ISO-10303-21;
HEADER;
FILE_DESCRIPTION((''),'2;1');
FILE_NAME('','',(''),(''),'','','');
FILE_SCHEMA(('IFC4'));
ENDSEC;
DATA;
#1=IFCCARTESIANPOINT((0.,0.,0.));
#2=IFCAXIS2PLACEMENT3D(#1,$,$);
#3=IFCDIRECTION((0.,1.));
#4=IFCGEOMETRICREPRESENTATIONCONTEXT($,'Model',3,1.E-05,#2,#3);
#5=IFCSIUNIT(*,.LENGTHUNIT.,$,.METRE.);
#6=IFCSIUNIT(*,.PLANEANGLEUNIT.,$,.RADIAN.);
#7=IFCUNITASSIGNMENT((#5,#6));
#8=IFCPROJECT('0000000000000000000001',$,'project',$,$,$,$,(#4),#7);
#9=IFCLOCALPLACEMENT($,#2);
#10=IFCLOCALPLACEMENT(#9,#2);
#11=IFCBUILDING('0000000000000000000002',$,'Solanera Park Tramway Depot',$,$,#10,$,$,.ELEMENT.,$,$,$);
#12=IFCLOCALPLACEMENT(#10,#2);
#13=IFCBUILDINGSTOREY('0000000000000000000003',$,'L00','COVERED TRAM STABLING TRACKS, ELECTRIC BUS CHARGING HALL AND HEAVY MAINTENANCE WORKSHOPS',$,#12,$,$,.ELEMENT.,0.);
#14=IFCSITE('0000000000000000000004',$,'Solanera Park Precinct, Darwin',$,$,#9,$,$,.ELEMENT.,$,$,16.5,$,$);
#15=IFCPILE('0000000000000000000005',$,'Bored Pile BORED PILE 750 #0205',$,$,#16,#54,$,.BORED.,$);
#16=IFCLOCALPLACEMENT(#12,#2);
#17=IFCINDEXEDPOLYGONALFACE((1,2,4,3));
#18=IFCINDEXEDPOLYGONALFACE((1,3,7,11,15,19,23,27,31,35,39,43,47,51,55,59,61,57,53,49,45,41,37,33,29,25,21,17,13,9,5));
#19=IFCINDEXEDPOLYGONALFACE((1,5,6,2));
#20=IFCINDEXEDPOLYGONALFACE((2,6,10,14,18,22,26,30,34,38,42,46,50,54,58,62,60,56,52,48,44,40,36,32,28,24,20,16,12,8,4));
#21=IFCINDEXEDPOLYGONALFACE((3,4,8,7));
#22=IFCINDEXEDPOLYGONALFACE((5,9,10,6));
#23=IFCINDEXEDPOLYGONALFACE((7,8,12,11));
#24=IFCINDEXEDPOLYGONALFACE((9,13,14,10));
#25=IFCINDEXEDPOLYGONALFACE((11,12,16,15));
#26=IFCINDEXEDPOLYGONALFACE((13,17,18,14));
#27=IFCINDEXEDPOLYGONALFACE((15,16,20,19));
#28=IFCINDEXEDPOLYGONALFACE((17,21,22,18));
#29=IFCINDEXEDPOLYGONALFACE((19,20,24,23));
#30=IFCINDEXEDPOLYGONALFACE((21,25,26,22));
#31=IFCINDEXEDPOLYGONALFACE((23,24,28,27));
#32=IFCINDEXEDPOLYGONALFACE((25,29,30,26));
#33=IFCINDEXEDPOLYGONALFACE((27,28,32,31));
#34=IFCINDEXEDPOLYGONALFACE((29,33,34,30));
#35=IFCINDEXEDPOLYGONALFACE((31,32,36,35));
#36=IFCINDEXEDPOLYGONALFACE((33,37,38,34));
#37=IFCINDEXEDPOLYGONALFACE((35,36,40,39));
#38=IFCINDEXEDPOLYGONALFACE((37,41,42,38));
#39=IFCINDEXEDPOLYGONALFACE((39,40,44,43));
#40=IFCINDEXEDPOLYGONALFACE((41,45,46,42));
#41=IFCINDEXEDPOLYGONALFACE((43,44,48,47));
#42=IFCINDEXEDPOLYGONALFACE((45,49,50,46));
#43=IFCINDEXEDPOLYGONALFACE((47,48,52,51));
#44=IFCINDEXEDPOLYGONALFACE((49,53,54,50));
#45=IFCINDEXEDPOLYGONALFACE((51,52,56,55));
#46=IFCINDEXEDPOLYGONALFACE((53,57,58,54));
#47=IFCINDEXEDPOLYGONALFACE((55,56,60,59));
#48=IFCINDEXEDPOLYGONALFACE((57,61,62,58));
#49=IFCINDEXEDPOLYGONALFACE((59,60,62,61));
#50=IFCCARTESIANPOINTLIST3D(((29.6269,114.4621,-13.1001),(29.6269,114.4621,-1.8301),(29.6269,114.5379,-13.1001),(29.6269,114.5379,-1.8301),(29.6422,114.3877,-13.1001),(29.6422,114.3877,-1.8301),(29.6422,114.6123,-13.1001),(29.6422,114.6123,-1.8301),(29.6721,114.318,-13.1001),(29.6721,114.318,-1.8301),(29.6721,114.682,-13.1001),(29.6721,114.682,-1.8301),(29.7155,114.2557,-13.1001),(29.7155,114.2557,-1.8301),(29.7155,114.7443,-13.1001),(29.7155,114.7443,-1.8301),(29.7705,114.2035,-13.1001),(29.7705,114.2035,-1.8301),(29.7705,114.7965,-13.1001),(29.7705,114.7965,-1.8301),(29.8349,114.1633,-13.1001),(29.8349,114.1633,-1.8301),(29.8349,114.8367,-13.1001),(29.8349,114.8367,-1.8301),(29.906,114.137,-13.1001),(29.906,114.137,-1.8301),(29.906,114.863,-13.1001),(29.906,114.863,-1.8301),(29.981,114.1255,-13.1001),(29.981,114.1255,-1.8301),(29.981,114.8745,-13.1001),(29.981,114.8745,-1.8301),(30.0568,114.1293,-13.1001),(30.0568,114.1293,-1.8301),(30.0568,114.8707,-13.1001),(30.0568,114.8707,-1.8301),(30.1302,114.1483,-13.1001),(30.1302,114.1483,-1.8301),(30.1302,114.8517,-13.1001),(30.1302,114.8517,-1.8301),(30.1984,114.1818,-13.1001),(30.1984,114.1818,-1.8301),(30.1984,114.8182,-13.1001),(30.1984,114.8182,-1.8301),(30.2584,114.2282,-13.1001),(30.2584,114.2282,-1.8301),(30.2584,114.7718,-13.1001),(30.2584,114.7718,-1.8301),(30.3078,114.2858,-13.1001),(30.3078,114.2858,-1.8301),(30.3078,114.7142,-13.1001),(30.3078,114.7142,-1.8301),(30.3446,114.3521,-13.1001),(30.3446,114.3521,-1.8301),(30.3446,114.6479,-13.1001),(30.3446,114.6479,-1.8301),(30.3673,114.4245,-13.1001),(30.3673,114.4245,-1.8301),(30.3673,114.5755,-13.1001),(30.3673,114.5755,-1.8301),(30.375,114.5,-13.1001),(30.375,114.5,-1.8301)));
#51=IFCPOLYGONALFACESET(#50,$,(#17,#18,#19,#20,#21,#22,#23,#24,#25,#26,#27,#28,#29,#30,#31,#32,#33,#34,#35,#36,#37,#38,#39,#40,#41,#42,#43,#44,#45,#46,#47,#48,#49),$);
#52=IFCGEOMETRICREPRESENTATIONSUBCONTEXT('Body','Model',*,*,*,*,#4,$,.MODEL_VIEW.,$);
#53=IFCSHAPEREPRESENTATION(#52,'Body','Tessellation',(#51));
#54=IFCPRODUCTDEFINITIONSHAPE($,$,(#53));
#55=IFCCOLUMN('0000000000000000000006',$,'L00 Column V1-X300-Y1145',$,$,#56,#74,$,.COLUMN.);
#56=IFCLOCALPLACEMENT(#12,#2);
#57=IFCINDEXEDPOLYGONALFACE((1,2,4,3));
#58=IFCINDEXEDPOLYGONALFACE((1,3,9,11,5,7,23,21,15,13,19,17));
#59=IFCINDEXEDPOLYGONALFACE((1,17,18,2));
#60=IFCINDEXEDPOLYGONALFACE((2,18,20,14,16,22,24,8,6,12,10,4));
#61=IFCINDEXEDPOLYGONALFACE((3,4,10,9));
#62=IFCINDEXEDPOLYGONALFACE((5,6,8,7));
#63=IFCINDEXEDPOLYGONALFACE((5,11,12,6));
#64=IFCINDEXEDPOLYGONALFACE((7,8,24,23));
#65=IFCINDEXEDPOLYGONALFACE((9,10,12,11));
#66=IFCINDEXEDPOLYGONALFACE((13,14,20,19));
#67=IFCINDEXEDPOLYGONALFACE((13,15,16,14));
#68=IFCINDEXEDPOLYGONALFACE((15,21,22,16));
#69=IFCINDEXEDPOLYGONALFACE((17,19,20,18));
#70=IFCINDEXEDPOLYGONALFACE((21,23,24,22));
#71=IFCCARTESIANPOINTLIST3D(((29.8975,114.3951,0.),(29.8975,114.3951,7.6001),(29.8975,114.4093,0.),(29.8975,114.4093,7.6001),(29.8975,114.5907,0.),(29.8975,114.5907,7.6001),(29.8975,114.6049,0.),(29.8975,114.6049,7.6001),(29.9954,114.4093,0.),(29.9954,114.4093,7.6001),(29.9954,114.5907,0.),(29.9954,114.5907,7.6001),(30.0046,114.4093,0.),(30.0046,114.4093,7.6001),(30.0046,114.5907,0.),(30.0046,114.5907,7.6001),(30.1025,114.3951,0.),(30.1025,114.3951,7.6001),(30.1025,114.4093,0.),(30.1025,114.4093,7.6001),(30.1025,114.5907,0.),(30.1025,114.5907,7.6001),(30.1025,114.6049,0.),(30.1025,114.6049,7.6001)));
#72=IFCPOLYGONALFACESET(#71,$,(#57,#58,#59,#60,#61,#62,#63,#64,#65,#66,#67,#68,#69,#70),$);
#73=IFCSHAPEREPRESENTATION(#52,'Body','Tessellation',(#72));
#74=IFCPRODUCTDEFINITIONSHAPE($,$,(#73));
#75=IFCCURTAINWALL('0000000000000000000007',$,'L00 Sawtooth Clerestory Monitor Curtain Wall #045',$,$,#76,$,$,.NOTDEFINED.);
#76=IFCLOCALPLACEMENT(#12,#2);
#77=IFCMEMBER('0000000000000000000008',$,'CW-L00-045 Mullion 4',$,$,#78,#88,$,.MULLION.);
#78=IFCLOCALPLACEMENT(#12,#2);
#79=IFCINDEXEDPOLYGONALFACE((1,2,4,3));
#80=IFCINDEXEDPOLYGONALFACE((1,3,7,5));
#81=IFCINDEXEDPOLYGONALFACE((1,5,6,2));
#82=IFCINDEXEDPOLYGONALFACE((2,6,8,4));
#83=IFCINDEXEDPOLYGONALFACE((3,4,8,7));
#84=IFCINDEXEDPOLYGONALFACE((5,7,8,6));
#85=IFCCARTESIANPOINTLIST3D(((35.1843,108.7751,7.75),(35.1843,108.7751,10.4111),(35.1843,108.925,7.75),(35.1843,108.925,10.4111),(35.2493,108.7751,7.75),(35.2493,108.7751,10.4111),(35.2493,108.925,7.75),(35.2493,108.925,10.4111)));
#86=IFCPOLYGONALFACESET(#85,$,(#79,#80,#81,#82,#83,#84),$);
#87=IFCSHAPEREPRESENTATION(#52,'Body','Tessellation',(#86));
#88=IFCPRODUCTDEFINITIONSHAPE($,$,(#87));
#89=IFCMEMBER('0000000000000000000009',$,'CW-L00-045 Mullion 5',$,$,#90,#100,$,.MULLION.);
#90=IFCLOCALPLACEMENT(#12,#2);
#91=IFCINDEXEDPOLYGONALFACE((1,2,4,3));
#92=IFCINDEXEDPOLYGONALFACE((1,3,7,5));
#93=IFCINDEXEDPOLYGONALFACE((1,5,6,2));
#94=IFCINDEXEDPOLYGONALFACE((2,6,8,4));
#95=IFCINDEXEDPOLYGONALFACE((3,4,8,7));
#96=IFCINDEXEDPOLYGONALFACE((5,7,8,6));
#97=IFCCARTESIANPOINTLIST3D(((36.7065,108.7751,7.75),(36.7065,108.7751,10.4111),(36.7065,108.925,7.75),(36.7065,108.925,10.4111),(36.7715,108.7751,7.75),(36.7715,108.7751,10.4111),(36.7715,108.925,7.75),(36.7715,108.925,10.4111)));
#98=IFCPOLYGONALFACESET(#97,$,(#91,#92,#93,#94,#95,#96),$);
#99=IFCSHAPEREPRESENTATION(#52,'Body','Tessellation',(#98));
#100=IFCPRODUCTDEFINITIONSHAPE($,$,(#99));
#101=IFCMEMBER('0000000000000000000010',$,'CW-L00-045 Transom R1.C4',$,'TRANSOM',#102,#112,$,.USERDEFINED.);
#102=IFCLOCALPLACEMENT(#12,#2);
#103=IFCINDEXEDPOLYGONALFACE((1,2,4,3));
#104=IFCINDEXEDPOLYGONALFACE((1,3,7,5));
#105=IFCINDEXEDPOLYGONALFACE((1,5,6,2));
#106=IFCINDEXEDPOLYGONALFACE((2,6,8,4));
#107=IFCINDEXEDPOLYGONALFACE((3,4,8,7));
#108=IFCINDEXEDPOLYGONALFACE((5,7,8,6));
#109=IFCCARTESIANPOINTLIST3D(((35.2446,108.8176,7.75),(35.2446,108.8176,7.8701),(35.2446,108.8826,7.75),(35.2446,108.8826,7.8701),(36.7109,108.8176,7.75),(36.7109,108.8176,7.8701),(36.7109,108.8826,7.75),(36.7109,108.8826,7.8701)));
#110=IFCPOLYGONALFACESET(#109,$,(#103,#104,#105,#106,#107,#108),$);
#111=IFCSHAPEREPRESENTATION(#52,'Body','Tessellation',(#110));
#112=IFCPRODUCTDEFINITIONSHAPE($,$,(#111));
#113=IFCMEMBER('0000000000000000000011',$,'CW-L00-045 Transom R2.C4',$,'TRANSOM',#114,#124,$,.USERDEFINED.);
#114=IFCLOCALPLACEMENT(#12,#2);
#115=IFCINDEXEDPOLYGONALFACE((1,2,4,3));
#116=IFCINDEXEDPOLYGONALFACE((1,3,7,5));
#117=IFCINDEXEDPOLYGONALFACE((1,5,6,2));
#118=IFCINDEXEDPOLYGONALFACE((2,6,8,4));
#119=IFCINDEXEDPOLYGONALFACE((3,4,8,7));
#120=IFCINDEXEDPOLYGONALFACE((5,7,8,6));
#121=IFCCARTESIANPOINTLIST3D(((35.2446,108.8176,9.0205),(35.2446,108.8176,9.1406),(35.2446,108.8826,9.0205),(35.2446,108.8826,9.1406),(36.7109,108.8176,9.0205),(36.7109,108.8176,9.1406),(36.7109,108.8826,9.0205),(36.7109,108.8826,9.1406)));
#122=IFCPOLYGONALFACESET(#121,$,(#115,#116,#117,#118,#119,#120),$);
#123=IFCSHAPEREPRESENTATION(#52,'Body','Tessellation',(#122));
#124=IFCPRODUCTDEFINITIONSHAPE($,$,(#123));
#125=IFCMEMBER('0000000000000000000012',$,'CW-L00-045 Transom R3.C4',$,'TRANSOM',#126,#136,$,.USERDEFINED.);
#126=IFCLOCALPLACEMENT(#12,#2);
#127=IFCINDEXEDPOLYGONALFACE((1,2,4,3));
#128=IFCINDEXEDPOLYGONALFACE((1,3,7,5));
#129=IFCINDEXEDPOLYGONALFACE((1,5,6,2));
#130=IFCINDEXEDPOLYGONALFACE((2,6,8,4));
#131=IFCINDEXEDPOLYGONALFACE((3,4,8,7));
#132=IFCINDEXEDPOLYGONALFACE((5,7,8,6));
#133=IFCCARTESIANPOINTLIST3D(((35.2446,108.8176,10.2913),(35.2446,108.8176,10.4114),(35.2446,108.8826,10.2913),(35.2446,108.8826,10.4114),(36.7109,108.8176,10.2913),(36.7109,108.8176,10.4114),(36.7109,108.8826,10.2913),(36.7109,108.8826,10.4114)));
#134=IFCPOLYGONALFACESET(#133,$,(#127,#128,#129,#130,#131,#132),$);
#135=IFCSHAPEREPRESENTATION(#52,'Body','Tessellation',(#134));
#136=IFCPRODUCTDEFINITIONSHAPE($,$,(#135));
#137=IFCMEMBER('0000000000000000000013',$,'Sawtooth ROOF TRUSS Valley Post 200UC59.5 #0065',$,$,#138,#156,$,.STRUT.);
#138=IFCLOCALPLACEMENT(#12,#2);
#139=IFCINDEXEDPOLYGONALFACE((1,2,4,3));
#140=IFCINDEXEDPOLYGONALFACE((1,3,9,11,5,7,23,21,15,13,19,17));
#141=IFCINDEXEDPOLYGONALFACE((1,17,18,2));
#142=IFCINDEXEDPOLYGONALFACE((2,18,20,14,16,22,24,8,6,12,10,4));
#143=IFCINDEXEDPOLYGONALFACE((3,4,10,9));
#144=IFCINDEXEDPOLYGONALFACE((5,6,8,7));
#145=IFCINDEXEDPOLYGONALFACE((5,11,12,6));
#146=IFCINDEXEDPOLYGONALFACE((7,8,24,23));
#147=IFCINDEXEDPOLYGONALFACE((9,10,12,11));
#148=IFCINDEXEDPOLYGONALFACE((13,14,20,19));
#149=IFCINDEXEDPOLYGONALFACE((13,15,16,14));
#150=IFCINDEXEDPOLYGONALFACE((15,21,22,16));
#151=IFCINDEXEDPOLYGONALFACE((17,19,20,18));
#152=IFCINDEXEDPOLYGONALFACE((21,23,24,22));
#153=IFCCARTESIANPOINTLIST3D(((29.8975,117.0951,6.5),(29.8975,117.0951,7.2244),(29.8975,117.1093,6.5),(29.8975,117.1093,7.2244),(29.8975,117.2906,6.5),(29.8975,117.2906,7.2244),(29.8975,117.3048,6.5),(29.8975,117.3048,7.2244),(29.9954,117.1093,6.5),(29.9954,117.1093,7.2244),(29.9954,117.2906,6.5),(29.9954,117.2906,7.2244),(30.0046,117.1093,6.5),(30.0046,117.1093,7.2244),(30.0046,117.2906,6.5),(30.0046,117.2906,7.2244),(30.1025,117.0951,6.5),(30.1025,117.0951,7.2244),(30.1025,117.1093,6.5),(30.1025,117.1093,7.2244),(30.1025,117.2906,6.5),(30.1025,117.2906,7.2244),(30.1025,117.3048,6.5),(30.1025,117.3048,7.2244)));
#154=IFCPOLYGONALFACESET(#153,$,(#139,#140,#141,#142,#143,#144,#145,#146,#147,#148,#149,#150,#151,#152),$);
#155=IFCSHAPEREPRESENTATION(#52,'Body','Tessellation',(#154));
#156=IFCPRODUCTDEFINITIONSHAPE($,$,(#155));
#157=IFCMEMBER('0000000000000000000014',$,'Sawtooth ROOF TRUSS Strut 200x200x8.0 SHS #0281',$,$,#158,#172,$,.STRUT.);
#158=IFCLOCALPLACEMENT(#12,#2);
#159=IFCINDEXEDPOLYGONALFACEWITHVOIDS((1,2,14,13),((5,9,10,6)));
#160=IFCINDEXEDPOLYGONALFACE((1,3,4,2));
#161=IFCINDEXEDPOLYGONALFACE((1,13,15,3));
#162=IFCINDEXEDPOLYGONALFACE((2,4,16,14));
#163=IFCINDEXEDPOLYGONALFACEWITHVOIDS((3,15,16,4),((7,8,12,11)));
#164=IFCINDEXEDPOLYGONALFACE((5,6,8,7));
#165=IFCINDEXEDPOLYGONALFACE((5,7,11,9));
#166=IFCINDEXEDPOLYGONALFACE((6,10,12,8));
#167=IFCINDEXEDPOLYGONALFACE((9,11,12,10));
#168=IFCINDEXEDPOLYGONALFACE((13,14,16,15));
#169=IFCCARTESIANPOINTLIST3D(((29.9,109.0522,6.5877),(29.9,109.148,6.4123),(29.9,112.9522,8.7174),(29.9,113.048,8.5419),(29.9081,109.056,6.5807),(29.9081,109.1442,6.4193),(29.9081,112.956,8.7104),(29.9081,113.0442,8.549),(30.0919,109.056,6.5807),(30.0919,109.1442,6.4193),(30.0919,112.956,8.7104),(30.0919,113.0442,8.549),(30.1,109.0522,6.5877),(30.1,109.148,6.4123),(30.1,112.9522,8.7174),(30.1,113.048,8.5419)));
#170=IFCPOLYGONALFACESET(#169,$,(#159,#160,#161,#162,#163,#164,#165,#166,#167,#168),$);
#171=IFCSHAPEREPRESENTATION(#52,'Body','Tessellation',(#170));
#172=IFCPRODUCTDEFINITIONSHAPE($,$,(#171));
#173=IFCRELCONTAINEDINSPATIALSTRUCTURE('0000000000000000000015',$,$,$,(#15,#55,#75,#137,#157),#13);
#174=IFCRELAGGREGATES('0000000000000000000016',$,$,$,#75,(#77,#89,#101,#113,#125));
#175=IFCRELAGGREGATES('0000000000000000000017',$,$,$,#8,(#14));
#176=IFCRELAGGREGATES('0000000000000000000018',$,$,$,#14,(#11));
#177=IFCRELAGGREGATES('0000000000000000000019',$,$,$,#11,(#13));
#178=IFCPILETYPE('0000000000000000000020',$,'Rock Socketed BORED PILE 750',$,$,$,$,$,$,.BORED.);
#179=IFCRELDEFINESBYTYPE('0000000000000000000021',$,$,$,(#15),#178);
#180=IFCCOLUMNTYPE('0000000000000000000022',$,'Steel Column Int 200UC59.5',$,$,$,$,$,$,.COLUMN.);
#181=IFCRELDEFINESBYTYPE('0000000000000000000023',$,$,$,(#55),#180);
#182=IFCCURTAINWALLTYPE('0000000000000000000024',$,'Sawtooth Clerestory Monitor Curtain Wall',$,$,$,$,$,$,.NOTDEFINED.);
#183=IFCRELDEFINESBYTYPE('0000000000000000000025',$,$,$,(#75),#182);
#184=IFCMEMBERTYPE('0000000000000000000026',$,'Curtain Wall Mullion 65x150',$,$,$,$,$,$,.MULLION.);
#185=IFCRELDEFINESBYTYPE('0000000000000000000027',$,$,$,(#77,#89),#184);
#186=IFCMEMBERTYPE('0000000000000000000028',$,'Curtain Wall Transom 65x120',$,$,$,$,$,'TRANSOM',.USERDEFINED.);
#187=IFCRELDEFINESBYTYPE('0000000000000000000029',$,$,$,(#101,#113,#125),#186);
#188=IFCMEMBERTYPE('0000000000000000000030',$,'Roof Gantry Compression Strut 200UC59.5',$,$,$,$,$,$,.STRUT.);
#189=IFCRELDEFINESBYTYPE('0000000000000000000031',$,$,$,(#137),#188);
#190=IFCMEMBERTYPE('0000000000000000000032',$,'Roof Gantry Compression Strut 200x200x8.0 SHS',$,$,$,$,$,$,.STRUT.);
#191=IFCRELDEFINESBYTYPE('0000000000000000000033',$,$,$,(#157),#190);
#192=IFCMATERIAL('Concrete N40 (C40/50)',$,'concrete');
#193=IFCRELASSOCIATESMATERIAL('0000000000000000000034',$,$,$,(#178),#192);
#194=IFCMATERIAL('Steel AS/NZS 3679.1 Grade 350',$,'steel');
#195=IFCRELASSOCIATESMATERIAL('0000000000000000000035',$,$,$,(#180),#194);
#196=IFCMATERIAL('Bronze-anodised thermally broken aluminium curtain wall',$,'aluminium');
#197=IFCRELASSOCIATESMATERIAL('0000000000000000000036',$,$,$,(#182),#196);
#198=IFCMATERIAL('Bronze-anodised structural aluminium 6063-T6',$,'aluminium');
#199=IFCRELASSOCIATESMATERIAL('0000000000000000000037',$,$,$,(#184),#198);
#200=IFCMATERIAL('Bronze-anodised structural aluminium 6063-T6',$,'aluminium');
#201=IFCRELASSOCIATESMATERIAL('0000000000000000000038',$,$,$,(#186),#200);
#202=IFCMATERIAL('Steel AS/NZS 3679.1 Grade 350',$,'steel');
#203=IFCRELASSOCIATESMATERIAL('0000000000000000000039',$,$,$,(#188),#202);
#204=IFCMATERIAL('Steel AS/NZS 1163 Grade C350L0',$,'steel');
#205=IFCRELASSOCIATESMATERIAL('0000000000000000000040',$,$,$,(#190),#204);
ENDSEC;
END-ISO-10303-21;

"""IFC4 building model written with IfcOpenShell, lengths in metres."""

from ifc_helpers import new_model, si_unit, direction, frame, origin, origin_2d, place, context, subcontext, project, spatial, rectangle, hollow_rectangle, circle, i_section, extrude, material, material_profile, profile_set, type_object, element, aggregate, save


model = new_model("IFC4")

# Units and contexts
model_context = context("Model", 3, precision=1e-05, world=origin(), true_north=direction((0.0, 1.0)))
body_context = subcontext(model_context, "Body", "Model", "MODEL_VIEW")
ifc_project = project(units=[si_unit("LENGTHUNIT", "METRE"), si_unit("PLANEANGLEUNIT", "RADIAN")], contexts=[model_context])

# Site, building, storey
site_placement = place(None, origin())
site = spatial("IfcSite", under=ifc_project, at=site_placement, Name="Solanera Park Precinct, Darwin", CompositionType="ELEMENT", RefElevation=16.5)
building_placement = place(site_placement, origin())
building = spatial("IfcBuilding", under=site, at=building_placement, Name="Solanera Park Tramway Depot", CompositionType="ELEMENT")
storey_placement = place(building_placement, origin())
storey = spatial("IfcBuildingStorey", under=building, at=storey_placement, Name="L00", Description="COVERED TRAM STABLING TRACKS, ELECTRIC BUS CHARGING HALL AND HEAVY MAINTENANCE WORKSHOPS", CompositionType="ELEMENT", Elevation=0.0)

# Pile
ifc_material_1 = material(Name="Concrete N40 (C40/50)", Category="concrete")
ifc_material_profile_1 = material_profile(ifc_material_1, circle(Radius=0.375, at=origin_2d()), Name="BORED PILE 750")
ifc_profile_set_1 = profile_set([ifc_material_profile_1], Name="Concrete N40 (C40/50)")
pile_type = type_object("IfcPileType", Name="Rock Socketed BORED PILE 750", PredefinedType="BORED", material=ifc_profile_set_1)
pile_placement = place(storey_placement, frame((30.0, 114.5, -1.8301), z_axis=(0.0, 0.0, -1.0), x_axis=(1.0, 0.0, 0.0)))
element("IfcPile", 1, at=pile_placement, inside=storey, type_object=pile_type, Name="Bored Pile BORED PILE 750 #0205", PredefinedType="BORED", context=body_context, shape_type="SweptSolid", body=[
    extrude(circle(Radius=0.375, at=origin_2d()), origin(), (0.0, 0.0, 1.0), 11.27),
])

# Column
ifc_material_2 = material(Name="Steel AS/NZS 3679.1 Grade 350", Category="steel")
ifc_material_profile_2 = material_profile(ifc_material_2, i_section(OverallWidth=0.2051, OverallDepth=0.2097, WebThickness=0.0093, FlangeThickness=0.0142, at=origin_2d()), Name="200UC59.5")
ifc_profile_set_2 = profile_set([ifc_material_profile_2], Name="Steel AS/NZS 3679.1 Grade 350")
column_type = type_object("IfcColumnType", Name="Steel Column Int 200UC59.5", PredefinedType="COLUMN", material=ifc_profile_set_2)
column_placement = place(storey_placement, frame((30.0, 114.5, 0.0), z_axis=(0.0, 0.0, 1.0), x_axis=(1.0, 0.0, 0.0)))
element("IfcColumn", 2, at=column_placement, inside=storey, type_object=column_type, Name="L00 Column V1-X300-Y1145", PredefinedType="COLUMN", context=body_context, shape_type="SweptSolid", body=[
    extrude(i_section(OverallWidth=0.2051, OverallDepth=0.2097, WebThickness=0.0093, FlangeThickness=0.0142, at=origin_2d()), origin(), (0.0, 0.0, 1.0), 7.6001),
])

# Curtain wall, members
ifc_material_3 = material(Name="Bronze-anodised thermally broken aluminium curtain wall", Category="aluminium")
curtain_wall_type = type_object("IfcCurtainWallType", Name="Sawtooth Clerestory Monitor Curtain Wall", PredefinedType="NOTDEFINED", material=ifc_material_3)
curtain_wall_placement = place(storey_placement, origin())
curtain_wall = element("IfcCurtainWall", 3, at=curtain_wall_placement, inside=storey, type_object=curtain_wall_type, Name="L00 Sawtooth Clerestory Monitor Curtain Wall #045", PredefinedType="NOTDEFINED")
ifc_material_4 = material(Name="Bronze-anodised structural aluminium 6063-T6", Category="aluminium")
ifc_material_profile_3 = material_profile(ifc_material_4, rectangle(XDim=0.0649, YDim=0.1499, at=origin_2d()), Name="Curtain Wall Mullion 65x150")
ifc_profile_set_3 = profile_set([ifc_material_profile_3], Name="Bronze-anodised structural aluminium 6063-T6")
member_type_1 = type_object("IfcMemberType", Name="Curtain Wall Mullion 65x150", PredefinedType="MULLION", material=ifc_profile_set_3)
member_1_placement = place(storey_placement, frame((35.2168, 108.8501, 7.75), z_axis=(0.0, 0.0, 1.0), x_axis=(1.0, 0.0, 0.0)))
member_1 = element("IfcMember", 4, at=member_1_placement, type_object=member_type_1, Name="CW-L00-045 Mullion 4", PredefinedType="MULLION", context=body_context, shape_type="SweptSolid", body=[
    extrude(rectangle(XDim=0.0649, YDim=0.1499, at=origin_2d()), origin(), (0.0, 0.0, 1.0), 2.6611),
])
member_2_placement = place(storey_placement, frame((36.739, 108.8501, 7.75), z_axis=(0.0, 0.0, 1.0), x_axis=(1.0, 0.0, 0.0)))
member_2 = element("IfcMember", 5, at=member_2_placement, type_object=member_type_1, Name="CW-L00-045 Mullion 5", PredefinedType="MULLION", context=body_context, shape_type="SweptSolid", body=[
    extrude(rectangle(XDim=0.0649, YDim=0.1499, at=origin_2d()), origin(), (0.0, 0.0, 1.0), 2.6611),
])
ifc_material_5 = material(Name="Bronze-anodised structural aluminium 6063-T6", Category="aluminium")
ifc_material_profile_4 = material_profile(ifc_material_5, rectangle(XDim=0.0649, YDim=0.1201, at=origin_2d()), Name="Curtain Wall Transom 65x120")
ifc_profile_set_4 = profile_set([ifc_material_profile_4], Name="Bronze-anodised structural aluminium 6063-T6")
member_type_2 = type_object("IfcMemberType", Name="Curtain Wall Transom 65x120", ElementType="TRANSOM", PredefinedType="USERDEFINED", material=ifc_profile_set_4)
member_3_placement = place(storey_placement, frame((35.2446, 108.8501, 7.8101), z_axis=(1.0, 0.0, 0.0), x_axis=(0.0, 1.0, 0.0)))
member_3 = element("IfcMember", 6, at=member_3_placement, type_object=member_type_2, Name="CW-L00-045 Transom R1.C4", ObjectType="TRANSOM", PredefinedType="USERDEFINED", context=body_context, shape_type="SweptSolid", body=[
    extrude(rectangle(XDim=0.0649, YDim=0.1201, at=origin_2d()), origin(), (0.0, 0.0, 1.0), 1.4663),
])
member_4_placement = place(storey_placement, frame((35.2446, 108.8501, 9.0806), z_axis=(1.0, 0.0, 0.0), x_axis=(0.0, 1.0, 0.0)))
member_4 = element("IfcMember", 7, at=member_4_placement, type_object=member_type_2, Name="CW-L00-045 Transom R2.C4", ObjectType="TRANSOM", PredefinedType="USERDEFINED", context=body_context, shape_type="SweptSolid", body=[
    extrude(rectangle(XDim=0.0649, YDim=0.1201, at=origin_2d()), origin(), (0.0, 0.0, 1.0), 1.4663),
])
member_5_placement = place(storey_placement, frame((35.2446, 108.8501, 10.3513), z_axis=(1.0, 0.0, 0.0), x_axis=(0.0, 1.0, 0.0)))
member_5 = element("IfcMember", 8, at=member_5_placement, type_object=member_type_2, Name="CW-L00-045 Transom R3.C4", ObjectType="TRANSOM", PredefinedType="USERDEFINED", context=body_context, shape_type="SweptSolid", body=[
    extrude(rectangle(XDim=0.0649, YDim=0.1201, at=origin_2d()), origin(), (0.0, 0.0, 1.0), 1.4663),
])

# Members
ifc_material_6 = material(Name="Steel AS/NZS 3679.1 Grade 350", Category="steel")
ifc_material_profile_5 = material_profile(ifc_material_6, i_section(OverallWidth=0.2051, OverallDepth=0.2097, WebThickness=0.0093, FlangeThickness=0.0142, at=origin_2d()), Name="200UC59.5")
ifc_profile_set_5 = profile_set([ifc_material_profile_5], Name="Steel AS/NZS 3679.1 Grade 350")
member_type_3 = type_object("IfcMemberType", Name="Roof Gantry Compression Strut 200UC59.5", PredefinedType="STRUT", material=ifc_profile_set_5)
member_6_placement = place(storey_placement, frame((30.0, 117.2, 6.5), z_axis=(0.0, 0.0, 1.0), x_axis=(1.0, 0.0, 0.0)))
element("IfcMember", 9, at=member_6_placement, inside=storey, type_object=member_type_3, Name="Sawtooth ROOF TRUSS Valley Post 200UC59.5 #0065", PredefinedType="STRUT", context=body_context, shape_type="SweptSolid", body=[
    extrude(i_section(OverallWidth=0.2051, OverallDepth=0.2097, WebThickness=0.0093, FlangeThickness=0.0142, at=origin_2d()), origin(), (0.0, 0.0, 1.0), 0.7244),
])
ifc_material_7 = material(Name="Steel AS/NZS 1163 Grade C350L0", Category="steel")
ifc_material_profile_6 = material_profile(ifc_material_7, hollow_rectangle(XDim=0.2, YDim=0.2, WallThickness=0.0081, at=origin_2d()), Name="200x200x8.0 SHS")
ifc_profile_set_6 = profile_set([ifc_material_profile_6], Name="Steel AS/NZS 1163 Grade C350L0")
member_type_4 = type_object("IfcMemberType", Name="Roof Gantry Compression Strut 200x200x8.0 SHS", PredefinedType="STRUT", material=ifc_profile_set_6)
member_7_placement = place(storey_placement, frame((30.0, 109.1001, 6.5), z_axis=(0.0, 0.877667, 0.479272), x_axis=(-1.0, 0.0, 0.0)))
element("IfcMember", 10, at=member_7_placement, inside=storey, type_object=member_type_4, Name="Sawtooth ROOF TRUSS Strut 200x200x8.0 SHS #0281", PredefinedType="STRUT", context=body_context, shape_type="SweptSolid", body=[
    extrude(hollow_rectangle(XDim=0.2, YDim=0.2, WallThickness=0.0081, at=origin_2d()), origin(), (0.0, 0.0, 1.0), 4.4436),
])

aggregate(curtain_wall, [member_1, member_2, member_3, member_4, member_5])

save(model, "model.ifc")
